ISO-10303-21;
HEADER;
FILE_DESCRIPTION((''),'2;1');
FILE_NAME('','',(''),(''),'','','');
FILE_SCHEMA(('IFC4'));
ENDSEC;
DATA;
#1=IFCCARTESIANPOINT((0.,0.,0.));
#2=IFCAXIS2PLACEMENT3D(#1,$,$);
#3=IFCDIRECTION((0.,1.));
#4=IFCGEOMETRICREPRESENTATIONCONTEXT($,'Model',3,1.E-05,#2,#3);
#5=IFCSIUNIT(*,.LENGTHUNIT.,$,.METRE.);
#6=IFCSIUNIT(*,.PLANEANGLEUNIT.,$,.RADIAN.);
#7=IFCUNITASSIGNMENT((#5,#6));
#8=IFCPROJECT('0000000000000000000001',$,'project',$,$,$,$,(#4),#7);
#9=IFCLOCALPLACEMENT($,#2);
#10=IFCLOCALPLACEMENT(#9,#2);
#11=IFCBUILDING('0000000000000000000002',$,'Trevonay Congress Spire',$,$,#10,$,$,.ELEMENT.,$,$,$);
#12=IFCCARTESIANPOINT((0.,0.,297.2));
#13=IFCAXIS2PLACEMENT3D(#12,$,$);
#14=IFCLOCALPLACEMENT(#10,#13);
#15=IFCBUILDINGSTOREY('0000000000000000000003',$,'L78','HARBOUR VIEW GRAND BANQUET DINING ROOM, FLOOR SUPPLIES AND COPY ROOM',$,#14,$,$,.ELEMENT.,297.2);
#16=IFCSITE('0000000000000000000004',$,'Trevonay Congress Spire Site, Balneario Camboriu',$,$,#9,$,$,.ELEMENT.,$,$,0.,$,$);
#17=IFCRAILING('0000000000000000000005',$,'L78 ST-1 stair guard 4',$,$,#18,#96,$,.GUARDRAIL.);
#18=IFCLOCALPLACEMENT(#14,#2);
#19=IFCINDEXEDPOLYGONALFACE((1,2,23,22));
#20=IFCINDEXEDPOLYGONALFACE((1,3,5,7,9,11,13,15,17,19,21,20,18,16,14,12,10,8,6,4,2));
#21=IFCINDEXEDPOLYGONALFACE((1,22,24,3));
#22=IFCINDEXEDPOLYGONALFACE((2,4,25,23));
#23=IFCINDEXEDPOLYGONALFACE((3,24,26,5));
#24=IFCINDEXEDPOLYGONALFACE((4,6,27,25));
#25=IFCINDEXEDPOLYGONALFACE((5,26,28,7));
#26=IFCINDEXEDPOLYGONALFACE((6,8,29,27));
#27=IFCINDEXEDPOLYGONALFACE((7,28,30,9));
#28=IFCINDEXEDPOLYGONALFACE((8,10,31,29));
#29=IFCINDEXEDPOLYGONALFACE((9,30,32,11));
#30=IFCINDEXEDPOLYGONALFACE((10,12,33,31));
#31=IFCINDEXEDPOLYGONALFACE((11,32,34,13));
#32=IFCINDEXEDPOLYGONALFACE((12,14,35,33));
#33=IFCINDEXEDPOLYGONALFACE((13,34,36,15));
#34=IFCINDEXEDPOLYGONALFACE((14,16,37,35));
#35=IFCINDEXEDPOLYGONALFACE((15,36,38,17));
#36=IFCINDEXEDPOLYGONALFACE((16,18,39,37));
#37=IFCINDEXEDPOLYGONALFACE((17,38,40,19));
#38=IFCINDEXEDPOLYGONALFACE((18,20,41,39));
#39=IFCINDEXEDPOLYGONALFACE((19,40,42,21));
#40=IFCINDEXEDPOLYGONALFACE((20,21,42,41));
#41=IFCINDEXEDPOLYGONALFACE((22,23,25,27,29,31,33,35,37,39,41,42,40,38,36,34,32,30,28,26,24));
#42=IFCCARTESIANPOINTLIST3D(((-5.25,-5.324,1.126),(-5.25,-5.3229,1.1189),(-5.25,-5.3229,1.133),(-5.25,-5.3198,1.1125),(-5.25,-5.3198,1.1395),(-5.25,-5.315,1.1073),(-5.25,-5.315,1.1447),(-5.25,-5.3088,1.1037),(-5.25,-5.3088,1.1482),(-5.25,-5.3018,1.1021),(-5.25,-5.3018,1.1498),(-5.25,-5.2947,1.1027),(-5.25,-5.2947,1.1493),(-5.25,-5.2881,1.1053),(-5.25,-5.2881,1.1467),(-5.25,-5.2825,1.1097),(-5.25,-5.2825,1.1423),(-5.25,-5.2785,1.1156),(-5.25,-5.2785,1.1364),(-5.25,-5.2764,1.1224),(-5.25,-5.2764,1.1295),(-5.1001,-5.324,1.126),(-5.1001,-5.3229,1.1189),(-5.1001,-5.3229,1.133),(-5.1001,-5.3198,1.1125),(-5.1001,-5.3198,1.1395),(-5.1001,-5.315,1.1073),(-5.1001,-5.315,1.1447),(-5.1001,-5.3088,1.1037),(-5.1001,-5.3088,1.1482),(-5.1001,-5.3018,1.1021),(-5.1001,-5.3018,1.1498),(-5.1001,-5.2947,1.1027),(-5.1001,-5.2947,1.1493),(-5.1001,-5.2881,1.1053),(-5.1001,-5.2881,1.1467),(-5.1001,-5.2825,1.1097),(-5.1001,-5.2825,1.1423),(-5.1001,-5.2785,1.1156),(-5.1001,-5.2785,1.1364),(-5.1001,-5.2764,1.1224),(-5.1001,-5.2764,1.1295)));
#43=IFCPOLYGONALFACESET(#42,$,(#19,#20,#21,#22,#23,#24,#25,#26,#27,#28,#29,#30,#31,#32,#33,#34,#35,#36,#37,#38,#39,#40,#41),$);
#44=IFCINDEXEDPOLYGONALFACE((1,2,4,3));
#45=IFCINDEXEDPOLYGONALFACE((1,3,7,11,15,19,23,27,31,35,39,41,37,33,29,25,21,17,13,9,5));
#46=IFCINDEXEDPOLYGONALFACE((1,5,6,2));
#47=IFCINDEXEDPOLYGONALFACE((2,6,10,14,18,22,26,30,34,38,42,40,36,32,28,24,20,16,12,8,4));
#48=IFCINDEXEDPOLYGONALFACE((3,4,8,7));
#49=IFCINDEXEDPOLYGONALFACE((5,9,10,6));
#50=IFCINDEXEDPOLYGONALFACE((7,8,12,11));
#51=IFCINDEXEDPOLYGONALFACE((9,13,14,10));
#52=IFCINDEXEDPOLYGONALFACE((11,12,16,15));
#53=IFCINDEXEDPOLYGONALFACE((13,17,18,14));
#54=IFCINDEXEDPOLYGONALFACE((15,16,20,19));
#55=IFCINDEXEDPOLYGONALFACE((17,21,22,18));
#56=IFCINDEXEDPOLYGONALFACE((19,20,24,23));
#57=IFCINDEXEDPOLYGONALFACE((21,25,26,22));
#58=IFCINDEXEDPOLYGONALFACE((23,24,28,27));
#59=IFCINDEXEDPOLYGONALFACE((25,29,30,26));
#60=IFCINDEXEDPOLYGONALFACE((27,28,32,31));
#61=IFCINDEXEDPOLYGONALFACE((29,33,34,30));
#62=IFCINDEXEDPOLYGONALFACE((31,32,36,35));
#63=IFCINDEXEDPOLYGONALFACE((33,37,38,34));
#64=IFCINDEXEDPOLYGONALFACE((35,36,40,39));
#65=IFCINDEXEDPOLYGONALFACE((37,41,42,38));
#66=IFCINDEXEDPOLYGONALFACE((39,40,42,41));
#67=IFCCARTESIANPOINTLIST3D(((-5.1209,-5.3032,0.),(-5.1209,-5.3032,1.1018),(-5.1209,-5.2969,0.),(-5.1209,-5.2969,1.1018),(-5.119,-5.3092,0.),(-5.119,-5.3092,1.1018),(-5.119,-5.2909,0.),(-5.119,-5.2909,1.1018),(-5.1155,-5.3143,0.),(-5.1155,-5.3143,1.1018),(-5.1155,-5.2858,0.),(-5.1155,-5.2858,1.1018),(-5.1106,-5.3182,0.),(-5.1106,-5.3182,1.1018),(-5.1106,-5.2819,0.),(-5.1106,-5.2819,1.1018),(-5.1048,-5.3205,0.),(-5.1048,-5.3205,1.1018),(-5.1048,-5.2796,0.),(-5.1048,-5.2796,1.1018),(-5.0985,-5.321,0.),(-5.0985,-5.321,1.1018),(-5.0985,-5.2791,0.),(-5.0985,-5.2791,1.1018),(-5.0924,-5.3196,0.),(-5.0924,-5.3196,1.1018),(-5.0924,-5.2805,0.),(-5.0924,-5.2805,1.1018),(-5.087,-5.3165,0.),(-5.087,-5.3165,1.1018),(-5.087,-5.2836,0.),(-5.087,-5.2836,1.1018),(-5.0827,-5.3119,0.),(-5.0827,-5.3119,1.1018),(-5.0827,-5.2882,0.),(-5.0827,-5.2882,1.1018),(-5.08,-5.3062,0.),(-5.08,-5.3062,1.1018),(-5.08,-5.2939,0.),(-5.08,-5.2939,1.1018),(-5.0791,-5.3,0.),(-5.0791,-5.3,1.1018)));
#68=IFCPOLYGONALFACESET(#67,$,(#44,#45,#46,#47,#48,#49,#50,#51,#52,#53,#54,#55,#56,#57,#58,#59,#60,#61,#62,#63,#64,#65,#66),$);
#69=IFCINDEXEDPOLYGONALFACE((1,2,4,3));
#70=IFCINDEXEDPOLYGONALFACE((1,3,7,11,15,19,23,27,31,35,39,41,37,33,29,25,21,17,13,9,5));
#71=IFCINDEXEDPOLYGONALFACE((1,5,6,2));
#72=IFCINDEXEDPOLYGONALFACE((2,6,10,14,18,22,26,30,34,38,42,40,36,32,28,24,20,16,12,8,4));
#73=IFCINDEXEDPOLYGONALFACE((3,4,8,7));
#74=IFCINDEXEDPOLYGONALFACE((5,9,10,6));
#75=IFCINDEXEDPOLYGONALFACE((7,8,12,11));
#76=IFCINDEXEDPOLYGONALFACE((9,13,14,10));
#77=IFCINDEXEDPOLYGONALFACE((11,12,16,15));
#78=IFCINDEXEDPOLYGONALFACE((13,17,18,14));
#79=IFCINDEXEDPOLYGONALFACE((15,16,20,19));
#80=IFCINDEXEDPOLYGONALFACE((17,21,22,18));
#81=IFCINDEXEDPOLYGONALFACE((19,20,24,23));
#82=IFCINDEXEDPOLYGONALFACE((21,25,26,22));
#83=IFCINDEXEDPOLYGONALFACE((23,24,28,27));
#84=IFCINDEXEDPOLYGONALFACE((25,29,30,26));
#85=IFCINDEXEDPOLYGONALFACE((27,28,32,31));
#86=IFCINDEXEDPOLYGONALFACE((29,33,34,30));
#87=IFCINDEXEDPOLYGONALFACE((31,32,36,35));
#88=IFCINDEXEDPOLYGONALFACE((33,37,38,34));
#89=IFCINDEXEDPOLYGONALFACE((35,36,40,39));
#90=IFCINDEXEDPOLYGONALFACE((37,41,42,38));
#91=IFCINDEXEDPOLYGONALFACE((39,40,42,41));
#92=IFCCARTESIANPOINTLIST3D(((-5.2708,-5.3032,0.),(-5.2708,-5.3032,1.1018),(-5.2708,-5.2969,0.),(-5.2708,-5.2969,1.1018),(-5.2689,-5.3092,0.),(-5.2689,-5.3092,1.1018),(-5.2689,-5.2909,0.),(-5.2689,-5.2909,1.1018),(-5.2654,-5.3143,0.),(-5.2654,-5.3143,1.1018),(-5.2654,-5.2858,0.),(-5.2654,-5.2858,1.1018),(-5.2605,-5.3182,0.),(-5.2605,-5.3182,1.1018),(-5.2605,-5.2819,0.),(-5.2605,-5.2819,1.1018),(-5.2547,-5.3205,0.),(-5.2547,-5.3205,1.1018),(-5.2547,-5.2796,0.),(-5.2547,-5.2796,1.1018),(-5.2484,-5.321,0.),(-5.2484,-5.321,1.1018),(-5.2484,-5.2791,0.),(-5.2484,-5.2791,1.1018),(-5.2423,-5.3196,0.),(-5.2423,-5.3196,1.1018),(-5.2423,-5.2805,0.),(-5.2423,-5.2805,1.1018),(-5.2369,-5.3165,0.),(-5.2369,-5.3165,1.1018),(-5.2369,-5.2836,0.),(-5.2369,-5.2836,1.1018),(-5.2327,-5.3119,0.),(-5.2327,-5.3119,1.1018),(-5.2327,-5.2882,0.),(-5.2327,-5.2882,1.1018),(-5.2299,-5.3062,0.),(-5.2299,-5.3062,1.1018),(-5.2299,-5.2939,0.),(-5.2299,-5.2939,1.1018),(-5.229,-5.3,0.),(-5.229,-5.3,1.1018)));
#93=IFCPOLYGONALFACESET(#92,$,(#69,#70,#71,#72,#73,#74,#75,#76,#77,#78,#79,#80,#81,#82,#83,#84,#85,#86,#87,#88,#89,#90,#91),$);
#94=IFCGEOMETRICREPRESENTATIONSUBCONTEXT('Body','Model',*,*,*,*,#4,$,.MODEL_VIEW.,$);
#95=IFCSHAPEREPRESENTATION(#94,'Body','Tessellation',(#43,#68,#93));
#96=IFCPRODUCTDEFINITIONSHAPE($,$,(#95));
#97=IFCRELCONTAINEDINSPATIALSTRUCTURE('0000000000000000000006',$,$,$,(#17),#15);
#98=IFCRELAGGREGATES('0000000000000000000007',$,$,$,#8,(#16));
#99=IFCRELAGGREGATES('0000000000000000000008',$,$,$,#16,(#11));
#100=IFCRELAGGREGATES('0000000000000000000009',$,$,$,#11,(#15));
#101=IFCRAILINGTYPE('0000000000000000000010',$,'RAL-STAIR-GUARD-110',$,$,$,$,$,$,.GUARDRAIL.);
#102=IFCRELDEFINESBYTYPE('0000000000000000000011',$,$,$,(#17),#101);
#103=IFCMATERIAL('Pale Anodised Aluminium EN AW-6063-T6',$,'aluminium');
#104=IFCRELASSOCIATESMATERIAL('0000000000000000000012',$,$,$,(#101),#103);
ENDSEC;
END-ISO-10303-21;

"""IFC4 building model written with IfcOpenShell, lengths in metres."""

from ifc_helpers import new_model, si_unit, direction, frame, origin, origin_2d, place, context, subcontext, project, spatial, circle, extrude, material, type_object, element, save


model = new_model("IFC4")

# Units and contexts
model_context = context("Model", 3, precision=1e-05, world=origin(), true_north=direction((0.0, 1.0)))
body_context = subcontext(model_context, "Body", "Model", "MODEL_VIEW")
ifc_project = project(units=[si_unit("LENGTHUNIT", "METRE"), si_unit("PLANEANGLEUNIT", "RADIAN")], contexts=[model_context])

# Site, building, storey
site_placement = place(None, origin())
site = spatial("IfcSite", under=ifc_project, at=site_placement, Name="Trevonay Congress Spire Site, Balneario Camboriu", CompositionType="ELEMENT", RefElevation=0.0)
building_placement = place(site_placement, origin())
building = spatial("IfcBuilding", under=site, at=building_placement, Name="Trevonay Congress Spire", CompositionType="ELEMENT")
storey_placement = place(building_placement, frame((0.0, 0.0, 297.2)))
storey = spatial("IfcBuildingStorey", under=building, at=storey_placement, Name="L78", Description="HARBOUR VIEW GRAND BANQUET DINING ROOM, FLOOR SUPPLIES AND COPY ROOM", CompositionType="ELEMENT", Elevation=297.2)

# Shared definitions
ifc_material_1 = material(Name="Pale Anodised Aluminium EN AW-6063-T6", Category="aluminium")

# Railing
railing_type_1 = type_object("IfcRailingType", Name="RAL-STAIR-GUARD-110", PredefinedType="GUARDRAIL", material=ifc_material_1)
railing_1_placement = place(storey_placement, frame((-5.1001, -5.3, 0.0)))
element("IfcRailing", 1, at=railing_1_placement, inside=storey, type_object=railing_type_1, Name="L78 ST-1 stair guard 4", PredefinedType="GUARDRAIL", context=body_context, shape_type="SweptSolid", body=[
    extrude(circle(Radius=0.0239, at=origin_2d()), frame((0.0, 0.0, 1.126), z_axis=(-1.0, 0.0, 0.0), x_axis=(0.0, -1.0, 0.0)), (0.0, 0.0, 1.0), 0.1499),
    extrude(circle(Radius=0.021, at=origin_2d()), origin(), (0.0, 0.0, 1.0), 1.1018),
    extrude(circle(Radius=0.021, at=origin_2d()), frame((-0.1499, 0.0, 0.0)), (0.0, 0.0, 1.0), 1.1018),
])

save(model, "model.ifc")
